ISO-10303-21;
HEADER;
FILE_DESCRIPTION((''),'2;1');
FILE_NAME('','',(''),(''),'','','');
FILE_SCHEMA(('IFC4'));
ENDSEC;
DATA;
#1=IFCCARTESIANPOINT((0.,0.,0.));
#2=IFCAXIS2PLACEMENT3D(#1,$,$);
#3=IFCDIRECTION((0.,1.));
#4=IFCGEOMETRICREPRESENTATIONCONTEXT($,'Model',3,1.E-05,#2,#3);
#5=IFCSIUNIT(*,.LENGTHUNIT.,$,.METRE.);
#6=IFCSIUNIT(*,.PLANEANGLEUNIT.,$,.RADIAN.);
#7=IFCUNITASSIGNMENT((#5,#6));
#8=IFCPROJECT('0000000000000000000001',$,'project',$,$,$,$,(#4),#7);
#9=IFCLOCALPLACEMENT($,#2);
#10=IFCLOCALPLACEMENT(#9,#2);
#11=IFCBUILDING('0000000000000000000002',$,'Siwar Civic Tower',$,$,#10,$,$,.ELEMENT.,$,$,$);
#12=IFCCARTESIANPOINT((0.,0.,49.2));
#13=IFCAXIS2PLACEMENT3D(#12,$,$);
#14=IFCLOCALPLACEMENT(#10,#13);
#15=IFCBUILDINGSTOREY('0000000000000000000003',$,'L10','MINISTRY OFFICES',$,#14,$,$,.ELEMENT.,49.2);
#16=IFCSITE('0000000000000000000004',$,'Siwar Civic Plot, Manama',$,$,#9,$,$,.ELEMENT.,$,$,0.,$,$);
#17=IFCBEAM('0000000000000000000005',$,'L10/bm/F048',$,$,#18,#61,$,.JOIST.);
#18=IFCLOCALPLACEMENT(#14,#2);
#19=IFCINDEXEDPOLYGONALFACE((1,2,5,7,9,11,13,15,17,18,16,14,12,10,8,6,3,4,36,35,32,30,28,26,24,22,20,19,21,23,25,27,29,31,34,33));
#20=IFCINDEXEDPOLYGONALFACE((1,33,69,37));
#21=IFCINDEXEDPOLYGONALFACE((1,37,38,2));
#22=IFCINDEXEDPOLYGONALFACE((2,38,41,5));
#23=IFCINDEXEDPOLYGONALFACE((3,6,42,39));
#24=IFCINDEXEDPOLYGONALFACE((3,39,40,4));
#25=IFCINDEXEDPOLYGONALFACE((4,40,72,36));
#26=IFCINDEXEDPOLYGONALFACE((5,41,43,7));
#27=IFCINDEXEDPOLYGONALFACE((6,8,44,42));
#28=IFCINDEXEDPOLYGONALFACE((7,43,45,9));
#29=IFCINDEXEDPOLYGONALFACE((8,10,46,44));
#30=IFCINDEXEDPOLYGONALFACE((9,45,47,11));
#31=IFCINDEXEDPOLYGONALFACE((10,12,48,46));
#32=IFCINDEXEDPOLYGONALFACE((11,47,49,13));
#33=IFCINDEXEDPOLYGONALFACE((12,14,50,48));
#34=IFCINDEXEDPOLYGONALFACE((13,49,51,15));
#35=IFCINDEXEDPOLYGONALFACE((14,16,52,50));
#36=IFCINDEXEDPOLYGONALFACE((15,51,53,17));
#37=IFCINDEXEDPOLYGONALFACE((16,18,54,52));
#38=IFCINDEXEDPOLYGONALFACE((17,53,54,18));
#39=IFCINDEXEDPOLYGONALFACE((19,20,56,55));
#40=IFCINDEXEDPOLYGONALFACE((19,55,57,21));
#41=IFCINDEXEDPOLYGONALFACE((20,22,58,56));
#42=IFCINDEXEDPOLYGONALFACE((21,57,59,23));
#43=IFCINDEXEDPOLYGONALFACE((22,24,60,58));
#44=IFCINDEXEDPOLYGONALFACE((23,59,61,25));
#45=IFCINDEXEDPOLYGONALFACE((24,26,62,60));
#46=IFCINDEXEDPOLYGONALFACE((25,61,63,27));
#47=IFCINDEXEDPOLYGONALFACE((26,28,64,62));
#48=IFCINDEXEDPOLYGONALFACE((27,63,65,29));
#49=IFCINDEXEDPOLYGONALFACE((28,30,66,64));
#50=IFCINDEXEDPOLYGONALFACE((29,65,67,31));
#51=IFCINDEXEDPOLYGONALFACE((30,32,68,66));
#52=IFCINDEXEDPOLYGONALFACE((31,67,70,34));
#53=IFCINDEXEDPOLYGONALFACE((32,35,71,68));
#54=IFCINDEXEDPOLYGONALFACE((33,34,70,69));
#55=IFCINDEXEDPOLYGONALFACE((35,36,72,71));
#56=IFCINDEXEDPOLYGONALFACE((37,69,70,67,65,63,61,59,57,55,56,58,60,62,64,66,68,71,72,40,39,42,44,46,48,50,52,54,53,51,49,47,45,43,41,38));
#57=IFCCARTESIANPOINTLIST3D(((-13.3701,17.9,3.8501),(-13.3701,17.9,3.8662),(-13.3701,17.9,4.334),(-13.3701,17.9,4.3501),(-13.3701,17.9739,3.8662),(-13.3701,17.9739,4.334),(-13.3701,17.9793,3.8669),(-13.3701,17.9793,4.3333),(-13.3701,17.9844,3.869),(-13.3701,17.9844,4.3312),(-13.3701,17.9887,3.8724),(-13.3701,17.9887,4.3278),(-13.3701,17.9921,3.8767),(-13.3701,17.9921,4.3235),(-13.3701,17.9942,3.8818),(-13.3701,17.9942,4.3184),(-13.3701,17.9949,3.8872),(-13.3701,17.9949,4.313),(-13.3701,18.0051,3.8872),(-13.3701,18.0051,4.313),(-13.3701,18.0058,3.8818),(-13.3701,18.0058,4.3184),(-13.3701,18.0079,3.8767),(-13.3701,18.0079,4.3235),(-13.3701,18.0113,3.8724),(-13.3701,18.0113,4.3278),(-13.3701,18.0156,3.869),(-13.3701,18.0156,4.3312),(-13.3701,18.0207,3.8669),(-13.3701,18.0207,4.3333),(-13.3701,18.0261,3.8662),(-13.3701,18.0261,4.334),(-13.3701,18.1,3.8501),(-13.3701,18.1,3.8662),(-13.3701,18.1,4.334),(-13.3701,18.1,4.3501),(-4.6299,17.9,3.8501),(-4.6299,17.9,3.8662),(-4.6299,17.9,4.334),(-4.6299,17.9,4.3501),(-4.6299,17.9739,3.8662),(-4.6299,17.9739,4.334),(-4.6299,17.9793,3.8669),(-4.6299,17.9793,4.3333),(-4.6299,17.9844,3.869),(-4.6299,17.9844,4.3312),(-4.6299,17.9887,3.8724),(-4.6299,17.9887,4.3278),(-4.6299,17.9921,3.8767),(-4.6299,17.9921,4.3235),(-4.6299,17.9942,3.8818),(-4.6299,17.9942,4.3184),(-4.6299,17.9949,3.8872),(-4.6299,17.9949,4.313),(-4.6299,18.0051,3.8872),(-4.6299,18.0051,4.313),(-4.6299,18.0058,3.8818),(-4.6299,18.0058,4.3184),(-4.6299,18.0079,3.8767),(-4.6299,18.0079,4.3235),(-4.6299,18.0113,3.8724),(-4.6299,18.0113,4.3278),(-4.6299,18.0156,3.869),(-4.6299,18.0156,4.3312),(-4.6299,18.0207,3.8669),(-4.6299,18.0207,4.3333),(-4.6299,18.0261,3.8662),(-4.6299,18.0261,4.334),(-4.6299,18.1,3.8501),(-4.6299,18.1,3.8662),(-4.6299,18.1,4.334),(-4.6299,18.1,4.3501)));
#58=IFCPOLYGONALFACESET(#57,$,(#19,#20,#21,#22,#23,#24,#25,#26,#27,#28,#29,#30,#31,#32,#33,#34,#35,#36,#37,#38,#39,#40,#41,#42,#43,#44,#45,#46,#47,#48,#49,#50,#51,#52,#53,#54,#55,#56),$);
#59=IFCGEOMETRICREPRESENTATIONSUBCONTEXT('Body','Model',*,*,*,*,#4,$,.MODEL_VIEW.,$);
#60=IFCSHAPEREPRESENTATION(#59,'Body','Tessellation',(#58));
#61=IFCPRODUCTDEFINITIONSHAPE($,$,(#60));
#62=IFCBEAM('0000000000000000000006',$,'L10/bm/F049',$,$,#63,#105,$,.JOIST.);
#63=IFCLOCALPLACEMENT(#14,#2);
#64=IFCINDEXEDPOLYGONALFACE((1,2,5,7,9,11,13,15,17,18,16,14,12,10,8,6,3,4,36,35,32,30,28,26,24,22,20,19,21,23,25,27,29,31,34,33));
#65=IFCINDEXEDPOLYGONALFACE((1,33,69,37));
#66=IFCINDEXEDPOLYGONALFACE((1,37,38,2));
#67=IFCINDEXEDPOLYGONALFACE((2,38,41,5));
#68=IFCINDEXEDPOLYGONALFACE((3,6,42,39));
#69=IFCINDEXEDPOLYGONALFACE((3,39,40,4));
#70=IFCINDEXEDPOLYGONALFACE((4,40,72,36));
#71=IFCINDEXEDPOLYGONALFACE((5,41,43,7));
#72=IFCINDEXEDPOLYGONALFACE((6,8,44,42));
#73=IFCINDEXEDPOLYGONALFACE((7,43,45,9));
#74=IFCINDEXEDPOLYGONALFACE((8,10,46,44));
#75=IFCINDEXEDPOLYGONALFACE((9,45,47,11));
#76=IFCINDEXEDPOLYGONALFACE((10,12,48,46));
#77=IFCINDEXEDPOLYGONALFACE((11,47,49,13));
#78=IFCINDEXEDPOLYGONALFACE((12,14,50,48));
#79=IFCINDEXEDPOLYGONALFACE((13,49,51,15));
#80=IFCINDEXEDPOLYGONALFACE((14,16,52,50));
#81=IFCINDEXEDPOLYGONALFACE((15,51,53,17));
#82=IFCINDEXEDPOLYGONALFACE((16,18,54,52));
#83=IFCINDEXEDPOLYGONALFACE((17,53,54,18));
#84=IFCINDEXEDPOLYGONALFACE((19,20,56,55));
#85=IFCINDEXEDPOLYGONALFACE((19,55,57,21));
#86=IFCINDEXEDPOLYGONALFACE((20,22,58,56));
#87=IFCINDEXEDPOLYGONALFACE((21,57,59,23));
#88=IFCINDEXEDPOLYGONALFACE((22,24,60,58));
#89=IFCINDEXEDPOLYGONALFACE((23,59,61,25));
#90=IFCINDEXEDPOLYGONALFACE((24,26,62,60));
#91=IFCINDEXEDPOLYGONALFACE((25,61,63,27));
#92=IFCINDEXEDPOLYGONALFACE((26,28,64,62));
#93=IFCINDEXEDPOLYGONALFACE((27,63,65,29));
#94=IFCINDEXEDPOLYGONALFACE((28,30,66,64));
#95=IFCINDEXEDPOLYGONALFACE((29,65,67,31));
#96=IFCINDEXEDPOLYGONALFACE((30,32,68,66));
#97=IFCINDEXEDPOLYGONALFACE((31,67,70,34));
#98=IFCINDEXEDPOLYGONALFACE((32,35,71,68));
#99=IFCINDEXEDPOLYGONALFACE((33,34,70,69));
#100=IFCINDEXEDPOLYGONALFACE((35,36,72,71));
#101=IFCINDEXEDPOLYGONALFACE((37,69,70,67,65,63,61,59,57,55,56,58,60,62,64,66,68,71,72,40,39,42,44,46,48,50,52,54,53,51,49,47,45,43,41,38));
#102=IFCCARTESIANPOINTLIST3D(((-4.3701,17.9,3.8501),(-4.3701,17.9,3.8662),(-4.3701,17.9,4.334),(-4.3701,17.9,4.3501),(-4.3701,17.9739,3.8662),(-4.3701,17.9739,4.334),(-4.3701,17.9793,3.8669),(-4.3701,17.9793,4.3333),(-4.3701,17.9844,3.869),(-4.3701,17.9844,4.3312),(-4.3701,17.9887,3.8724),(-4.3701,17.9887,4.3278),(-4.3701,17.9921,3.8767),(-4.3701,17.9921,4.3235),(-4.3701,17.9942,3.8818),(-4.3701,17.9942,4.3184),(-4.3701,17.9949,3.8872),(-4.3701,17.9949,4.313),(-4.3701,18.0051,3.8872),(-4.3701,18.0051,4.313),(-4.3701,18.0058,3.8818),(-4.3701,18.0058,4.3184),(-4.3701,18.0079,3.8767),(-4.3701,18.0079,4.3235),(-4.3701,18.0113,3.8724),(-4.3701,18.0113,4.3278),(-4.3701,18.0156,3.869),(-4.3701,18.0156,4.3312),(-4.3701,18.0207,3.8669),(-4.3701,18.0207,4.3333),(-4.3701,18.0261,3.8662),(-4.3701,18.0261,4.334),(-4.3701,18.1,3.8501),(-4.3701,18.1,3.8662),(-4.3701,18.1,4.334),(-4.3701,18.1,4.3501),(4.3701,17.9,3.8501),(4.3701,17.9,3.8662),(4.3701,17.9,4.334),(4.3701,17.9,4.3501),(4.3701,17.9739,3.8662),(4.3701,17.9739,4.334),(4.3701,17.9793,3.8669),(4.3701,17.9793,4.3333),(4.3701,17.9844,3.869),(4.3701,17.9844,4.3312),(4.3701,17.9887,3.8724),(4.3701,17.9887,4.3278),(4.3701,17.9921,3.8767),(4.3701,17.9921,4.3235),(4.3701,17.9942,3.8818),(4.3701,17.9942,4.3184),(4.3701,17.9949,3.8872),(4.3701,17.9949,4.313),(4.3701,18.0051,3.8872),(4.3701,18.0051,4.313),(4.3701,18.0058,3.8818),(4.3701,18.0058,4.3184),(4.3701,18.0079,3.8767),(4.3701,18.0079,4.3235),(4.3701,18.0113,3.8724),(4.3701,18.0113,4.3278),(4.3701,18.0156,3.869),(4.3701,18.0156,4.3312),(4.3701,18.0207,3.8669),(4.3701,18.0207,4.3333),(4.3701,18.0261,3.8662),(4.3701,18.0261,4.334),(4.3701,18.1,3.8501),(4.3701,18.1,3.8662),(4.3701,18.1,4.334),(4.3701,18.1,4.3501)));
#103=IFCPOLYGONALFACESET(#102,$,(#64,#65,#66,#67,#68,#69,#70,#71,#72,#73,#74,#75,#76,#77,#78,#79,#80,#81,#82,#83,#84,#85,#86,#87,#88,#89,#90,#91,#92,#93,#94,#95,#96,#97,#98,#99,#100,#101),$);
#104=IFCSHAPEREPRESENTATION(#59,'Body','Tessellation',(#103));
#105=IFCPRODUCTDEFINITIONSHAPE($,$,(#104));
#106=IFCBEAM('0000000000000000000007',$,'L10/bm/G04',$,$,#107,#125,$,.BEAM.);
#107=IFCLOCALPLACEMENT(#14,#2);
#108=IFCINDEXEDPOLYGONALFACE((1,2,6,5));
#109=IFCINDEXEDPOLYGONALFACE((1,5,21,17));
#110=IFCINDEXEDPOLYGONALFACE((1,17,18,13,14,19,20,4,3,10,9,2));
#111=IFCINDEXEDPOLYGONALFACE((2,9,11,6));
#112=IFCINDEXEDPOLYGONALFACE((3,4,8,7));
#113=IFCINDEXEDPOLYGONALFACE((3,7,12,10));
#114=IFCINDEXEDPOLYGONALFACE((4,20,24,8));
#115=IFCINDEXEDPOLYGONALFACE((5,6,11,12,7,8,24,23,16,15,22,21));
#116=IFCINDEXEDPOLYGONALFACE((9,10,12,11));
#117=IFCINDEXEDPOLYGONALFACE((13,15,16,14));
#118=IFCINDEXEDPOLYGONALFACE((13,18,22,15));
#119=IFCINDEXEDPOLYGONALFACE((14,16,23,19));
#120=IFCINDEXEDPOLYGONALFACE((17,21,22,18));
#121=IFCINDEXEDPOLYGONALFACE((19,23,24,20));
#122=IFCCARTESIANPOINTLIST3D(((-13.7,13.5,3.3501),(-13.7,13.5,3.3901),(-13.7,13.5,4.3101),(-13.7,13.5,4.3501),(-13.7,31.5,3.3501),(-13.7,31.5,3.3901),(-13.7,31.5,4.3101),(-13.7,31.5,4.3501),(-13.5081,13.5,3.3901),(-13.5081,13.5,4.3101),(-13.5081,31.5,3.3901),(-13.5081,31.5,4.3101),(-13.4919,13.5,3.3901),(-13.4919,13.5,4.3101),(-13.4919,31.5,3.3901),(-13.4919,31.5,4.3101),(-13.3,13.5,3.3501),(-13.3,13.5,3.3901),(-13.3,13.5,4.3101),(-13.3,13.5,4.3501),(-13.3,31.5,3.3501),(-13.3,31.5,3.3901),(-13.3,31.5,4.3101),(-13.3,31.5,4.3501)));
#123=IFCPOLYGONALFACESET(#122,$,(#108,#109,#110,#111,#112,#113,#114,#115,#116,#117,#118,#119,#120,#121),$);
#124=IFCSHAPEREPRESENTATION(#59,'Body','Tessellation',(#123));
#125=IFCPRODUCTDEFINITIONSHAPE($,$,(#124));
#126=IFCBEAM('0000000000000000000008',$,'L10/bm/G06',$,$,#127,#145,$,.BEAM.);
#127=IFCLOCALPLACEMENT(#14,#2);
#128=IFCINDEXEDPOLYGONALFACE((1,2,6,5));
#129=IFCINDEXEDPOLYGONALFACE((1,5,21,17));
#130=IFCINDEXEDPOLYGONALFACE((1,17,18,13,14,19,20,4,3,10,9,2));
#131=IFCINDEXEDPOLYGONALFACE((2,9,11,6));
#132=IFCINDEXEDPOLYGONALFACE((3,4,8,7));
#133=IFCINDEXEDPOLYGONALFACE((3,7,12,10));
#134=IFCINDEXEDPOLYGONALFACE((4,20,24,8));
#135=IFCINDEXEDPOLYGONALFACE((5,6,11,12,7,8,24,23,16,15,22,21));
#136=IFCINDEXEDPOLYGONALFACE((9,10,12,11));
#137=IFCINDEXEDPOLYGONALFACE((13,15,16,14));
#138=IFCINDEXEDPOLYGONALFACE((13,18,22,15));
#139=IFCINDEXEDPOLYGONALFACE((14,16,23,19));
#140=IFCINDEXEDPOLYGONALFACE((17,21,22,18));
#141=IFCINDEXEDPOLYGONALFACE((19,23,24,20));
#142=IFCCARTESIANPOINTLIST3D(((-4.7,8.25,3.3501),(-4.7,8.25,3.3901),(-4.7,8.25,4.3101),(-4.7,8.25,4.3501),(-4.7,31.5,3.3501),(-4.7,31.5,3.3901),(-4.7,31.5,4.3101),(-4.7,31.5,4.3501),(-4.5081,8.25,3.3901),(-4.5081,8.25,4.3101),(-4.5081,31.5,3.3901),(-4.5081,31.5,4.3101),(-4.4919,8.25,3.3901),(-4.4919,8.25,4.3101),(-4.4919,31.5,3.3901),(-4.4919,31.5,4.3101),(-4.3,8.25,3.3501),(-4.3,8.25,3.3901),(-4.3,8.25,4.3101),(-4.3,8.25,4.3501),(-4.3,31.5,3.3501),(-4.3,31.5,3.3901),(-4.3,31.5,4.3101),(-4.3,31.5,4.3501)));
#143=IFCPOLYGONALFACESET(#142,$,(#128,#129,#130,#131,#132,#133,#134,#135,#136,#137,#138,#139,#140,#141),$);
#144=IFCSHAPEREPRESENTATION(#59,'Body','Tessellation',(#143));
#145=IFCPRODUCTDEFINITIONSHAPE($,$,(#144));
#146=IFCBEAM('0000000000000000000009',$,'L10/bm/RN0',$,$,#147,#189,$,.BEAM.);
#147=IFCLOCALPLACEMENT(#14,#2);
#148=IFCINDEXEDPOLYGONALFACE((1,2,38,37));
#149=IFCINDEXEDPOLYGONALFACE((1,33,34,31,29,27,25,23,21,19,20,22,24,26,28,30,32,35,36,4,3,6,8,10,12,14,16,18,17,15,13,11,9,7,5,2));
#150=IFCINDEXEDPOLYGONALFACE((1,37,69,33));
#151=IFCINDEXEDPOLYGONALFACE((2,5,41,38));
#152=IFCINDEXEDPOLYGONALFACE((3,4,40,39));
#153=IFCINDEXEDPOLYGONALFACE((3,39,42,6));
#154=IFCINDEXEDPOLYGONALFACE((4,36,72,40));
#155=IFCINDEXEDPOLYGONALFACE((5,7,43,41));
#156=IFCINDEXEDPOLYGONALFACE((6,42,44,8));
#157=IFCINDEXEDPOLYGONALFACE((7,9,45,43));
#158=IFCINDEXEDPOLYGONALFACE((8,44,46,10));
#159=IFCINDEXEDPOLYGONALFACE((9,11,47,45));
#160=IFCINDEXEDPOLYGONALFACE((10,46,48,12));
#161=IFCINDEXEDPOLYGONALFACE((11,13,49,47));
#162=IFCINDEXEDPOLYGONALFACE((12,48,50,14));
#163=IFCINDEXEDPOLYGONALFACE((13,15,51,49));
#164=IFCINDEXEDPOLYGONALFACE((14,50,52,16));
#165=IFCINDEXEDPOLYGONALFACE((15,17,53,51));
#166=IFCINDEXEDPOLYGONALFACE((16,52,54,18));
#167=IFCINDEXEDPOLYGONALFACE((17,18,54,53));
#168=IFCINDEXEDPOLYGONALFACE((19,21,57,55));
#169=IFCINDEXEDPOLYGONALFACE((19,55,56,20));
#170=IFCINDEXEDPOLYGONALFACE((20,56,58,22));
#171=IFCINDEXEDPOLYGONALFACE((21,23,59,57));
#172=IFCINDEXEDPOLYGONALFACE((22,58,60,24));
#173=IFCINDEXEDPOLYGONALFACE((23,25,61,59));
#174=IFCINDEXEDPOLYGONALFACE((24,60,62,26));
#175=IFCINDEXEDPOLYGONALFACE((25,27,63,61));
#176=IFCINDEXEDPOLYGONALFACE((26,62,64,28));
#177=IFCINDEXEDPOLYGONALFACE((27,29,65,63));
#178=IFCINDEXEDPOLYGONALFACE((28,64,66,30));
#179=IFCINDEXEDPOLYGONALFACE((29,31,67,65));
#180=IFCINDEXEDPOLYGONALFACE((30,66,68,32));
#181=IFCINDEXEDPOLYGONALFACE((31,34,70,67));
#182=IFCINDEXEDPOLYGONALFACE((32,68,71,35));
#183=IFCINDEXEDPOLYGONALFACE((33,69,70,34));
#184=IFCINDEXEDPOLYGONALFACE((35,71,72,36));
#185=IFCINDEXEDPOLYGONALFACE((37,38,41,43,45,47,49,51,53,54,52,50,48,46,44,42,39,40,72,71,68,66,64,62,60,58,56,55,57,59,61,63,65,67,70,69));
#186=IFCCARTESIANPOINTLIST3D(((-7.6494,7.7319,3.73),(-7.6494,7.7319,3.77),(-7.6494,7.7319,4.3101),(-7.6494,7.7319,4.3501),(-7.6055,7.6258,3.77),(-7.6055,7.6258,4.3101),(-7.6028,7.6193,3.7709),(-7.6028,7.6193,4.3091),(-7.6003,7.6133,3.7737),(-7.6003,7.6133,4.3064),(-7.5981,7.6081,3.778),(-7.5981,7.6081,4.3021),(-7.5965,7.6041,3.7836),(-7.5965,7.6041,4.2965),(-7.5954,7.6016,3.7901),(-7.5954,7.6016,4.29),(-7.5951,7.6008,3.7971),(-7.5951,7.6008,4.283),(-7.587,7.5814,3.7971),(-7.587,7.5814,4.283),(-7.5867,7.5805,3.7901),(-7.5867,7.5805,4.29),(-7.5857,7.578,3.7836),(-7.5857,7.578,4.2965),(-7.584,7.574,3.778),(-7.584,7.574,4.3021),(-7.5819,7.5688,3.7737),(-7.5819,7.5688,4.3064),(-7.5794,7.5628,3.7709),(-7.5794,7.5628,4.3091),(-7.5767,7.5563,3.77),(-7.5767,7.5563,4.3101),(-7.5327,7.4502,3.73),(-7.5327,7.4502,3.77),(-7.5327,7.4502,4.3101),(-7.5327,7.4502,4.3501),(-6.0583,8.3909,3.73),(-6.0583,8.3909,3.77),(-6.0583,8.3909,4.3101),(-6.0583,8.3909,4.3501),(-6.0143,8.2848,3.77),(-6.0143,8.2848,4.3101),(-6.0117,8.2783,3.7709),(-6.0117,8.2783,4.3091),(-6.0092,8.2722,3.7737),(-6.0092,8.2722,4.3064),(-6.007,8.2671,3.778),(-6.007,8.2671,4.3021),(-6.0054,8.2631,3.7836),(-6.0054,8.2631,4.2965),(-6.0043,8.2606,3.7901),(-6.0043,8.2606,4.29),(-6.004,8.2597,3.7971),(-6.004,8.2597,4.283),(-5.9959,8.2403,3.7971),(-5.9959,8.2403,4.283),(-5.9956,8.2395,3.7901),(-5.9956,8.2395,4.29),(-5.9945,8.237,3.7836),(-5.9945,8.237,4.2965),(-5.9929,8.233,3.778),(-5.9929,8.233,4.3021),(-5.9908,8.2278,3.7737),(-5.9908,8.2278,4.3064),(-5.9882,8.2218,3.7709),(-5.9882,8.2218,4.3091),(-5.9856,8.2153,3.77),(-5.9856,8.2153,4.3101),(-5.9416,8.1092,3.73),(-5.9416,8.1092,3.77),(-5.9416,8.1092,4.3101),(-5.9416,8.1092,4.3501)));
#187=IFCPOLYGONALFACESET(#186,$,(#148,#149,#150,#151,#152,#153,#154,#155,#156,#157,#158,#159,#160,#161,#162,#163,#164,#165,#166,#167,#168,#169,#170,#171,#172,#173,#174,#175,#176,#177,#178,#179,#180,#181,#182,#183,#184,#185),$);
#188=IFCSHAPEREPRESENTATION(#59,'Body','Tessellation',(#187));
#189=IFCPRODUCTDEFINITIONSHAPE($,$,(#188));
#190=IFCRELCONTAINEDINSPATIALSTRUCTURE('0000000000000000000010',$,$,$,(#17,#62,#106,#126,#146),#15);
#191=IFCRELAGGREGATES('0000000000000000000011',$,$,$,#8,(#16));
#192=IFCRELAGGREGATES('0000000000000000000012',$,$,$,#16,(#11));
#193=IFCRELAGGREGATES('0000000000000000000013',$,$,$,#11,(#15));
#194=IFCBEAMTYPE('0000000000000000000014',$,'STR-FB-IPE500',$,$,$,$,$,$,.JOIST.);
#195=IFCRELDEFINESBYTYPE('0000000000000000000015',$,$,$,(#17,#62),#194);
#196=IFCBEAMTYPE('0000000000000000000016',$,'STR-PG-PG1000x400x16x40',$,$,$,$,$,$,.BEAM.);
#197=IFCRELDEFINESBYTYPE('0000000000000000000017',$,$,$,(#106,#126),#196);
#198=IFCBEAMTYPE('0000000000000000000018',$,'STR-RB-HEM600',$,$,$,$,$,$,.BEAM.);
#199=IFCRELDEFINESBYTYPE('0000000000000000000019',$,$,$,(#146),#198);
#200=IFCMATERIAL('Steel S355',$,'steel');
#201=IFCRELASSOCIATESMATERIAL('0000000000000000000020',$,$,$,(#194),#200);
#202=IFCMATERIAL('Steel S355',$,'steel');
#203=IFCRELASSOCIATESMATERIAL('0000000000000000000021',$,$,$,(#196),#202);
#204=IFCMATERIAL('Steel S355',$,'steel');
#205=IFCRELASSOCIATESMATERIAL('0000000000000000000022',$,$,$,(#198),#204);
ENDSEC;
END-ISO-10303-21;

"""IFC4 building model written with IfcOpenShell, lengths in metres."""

from ifc_helpers import new_model, si_unit, direction, frame, origin, origin_2d, place, context, subcontext, project, spatial, i_section, extrude, material, material_profile, profile_set, type_object, element, save


model = new_model("IFC4")

# Units and contexts
model_context = context("Model", 3, precision=1e-05, world=origin(), true_north=direction((0.0, 1.0)))
body_context = subcontext(model_context, "Body", "Model", "MODEL_VIEW")
ifc_project = project(units=[si_unit("LENGTHUNIT", "METRE"), si_unit("PLANEANGLEUNIT", "RADIAN")], contexts=[model_context])

# Site, building, storey
site_placement = place(None, origin())
site = spatial("IfcSite", under=ifc_project, at=site_placement, Name="Siwar Civic Plot, Manama", CompositionType="ELEMENT", RefElevation=0.0)
building_placement = place(site_placement, origin())
building = spatial("IfcBuilding", under=site, at=building_placement, Name="Siwar Civic Tower", CompositionType="ELEMENT")
storey_placement = place(building_placement, frame((0.0, 0.0, 49.2)))
storey = spatial("IfcBuildingStorey", under=building, at=storey_placement, Name="L10", Description="MINISTRY OFFICES", CompositionType="ELEMENT", Elevation=49.2)

# Beams
ifc_material_1 = material(Name="Steel S355", Category="steel")
ifc_material_profile_1 = material_profile(ifc_material_1, i_section(OverallWidth=0.2, OverallDepth=0.5, WebThickness=0.0103, FlangeThickness=0.0161, FilletRadius=0.021, at=origin_2d()), Name="IPE500")
ifc_profile_set_1 = profile_set([ifc_material_profile_1], Name="Steel S355")
beam_type_1 = type_object("IfcBeamType", Name="STR-FB-IPE500", PredefinedType="JOIST", material=ifc_profile_set_1)
for number, where, z_axis, x_axis, name in (
    (1, (-13.3701, 18.0, 4.1001), (1.0, 0.0, 0.0), (0.0, 1.0, 0.0), "L10/bm/F048"),
    (2, (-4.3701, 18.0, 4.1001), (1.0, 0.0, 0.0), (0.0, 1.0, 0.0), "L10/bm/F049"),
):
    element("IfcBeam", number, at=place(storey_placement, frame(where, z_axis=z_axis, x_axis=x_axis)), inside=storey, type_object=beam_type_1, Name=name, PredefinedType="JOIST", context=body_context, shape_type="SweptSolid", body=[
        extrude(i_section(OverallWidth=0.2, OverallDepth=0.5, WebThickness=0.0103, FlangeThickness=0.0161, FilletRadius=0.021, at=origin_2d()), origin(), (0.0, 0.0, 1.0), 8.7402),
    ])
ifc_material_2 = material(Name="Steel S355", Category="steel")
ifc_material_profile_2 = material_profile(ifc_material_2, i_section(OverallWidth=0.3999, OverallDepth=1.0, WebThickness=0.0161, FlangeThickness=0.04, at=origin_2d()), Name="PG1000x400x16x40")
ifc_profile_set_2 = profile_set([ifc_material_profile_2], Name="Steel S355")
beam_type_2 = type_object("IfcBeamType", Name="STR-PG-PG1000x400x16x40", PredefinedType="BEAM", material=ifc_profile_set_2)
beam_1_placement = place(storey_placement, frame((-13.5, 13.5, 3.8501), z_axis=(0.0, 1.0, 0.0), x_axis=(-1.0, 0.0, 0.0)))
element("IfcBeam", 3, at=beam_1_placement, inside=storey, type_object=beam_type_2, Name="L10/bm/G04", PredefinedType="BEAM", context=body_context, shape_type="SweptSolid", body=[
    extrude(i_section(OverallWidth=0.3999, OverallDepth=1.0, WebThickness=0.0161, FlangeThickness=0.04, at=origin_2d()), origin(), (0.0, 0.0, 1.0), 18.0),
])
beam_2_placement = place(storey_placement, frame((-4.5, 8.25, 3.8501), z_axis=(0.0, 1.0, 0.0), x_axis=(-1.0, 0.0, 0.0)))
element("IfcBeam", 4, at=beam_2_placement, inside=storey, type_object=beam_type_2, Name="L10/bm/G06", PredefinedType="BEAM", context=body_context, shape_type="SweptSolid", body=[
    extrude(i_section(OverallWidth=0.3999, OverallDepth=1.0, WebThickness=0.0161, FlangeThickness=0.04, at=origin_2d()), origin(), (0.0, 0.0, 1.0), 23.25),
])
ifc_material_3 = material(Name="Steel S355", Category="steel")
ifc_material_profile_3 = material_profile(ifc_material_3, i_section(OverallWidth=0.3049, OverallDepth=0.6201, WebThickness=0.021, FlangeThickness=0.04, FilletRadius=0.0271, at=origin_2d()), Name="HEM600")
ifc_profile_set_3 = profile_set([ifc_material_profile_3], Name="Steel S355")
beam_type_3 = type_object("IfcBeamType", Name="STR-RB-HEM600", PredefinedType="BEAM", material=ifc_profile_set_3)
beam_3_placement = place(storey_placement, frame((-7.5911, 7.5911, 4.04), z_axis=(0.923901, 0.382631, 0.0), x_axis=(-0.382631, 0.923901, 0.0)))
element("IfcBeam", 5, at=beam_3_placement, inside=storey, type_object=beam_type_3, Name="L10/bm/RN0", PredefinedType="BEAM", context=body_context, shape_type="SweptSolid", body=[
    extrude(i_section(OverallWidth=0.3049, OverallDepth=0.6201, WebThickness=0.021, FlangeThickness=0.04, FilletRadius=0.0271, at=origin_2d()), origin(), (0.0, 0.0, 1.0), 1.7222),
])

save(model, "model.ifc")
